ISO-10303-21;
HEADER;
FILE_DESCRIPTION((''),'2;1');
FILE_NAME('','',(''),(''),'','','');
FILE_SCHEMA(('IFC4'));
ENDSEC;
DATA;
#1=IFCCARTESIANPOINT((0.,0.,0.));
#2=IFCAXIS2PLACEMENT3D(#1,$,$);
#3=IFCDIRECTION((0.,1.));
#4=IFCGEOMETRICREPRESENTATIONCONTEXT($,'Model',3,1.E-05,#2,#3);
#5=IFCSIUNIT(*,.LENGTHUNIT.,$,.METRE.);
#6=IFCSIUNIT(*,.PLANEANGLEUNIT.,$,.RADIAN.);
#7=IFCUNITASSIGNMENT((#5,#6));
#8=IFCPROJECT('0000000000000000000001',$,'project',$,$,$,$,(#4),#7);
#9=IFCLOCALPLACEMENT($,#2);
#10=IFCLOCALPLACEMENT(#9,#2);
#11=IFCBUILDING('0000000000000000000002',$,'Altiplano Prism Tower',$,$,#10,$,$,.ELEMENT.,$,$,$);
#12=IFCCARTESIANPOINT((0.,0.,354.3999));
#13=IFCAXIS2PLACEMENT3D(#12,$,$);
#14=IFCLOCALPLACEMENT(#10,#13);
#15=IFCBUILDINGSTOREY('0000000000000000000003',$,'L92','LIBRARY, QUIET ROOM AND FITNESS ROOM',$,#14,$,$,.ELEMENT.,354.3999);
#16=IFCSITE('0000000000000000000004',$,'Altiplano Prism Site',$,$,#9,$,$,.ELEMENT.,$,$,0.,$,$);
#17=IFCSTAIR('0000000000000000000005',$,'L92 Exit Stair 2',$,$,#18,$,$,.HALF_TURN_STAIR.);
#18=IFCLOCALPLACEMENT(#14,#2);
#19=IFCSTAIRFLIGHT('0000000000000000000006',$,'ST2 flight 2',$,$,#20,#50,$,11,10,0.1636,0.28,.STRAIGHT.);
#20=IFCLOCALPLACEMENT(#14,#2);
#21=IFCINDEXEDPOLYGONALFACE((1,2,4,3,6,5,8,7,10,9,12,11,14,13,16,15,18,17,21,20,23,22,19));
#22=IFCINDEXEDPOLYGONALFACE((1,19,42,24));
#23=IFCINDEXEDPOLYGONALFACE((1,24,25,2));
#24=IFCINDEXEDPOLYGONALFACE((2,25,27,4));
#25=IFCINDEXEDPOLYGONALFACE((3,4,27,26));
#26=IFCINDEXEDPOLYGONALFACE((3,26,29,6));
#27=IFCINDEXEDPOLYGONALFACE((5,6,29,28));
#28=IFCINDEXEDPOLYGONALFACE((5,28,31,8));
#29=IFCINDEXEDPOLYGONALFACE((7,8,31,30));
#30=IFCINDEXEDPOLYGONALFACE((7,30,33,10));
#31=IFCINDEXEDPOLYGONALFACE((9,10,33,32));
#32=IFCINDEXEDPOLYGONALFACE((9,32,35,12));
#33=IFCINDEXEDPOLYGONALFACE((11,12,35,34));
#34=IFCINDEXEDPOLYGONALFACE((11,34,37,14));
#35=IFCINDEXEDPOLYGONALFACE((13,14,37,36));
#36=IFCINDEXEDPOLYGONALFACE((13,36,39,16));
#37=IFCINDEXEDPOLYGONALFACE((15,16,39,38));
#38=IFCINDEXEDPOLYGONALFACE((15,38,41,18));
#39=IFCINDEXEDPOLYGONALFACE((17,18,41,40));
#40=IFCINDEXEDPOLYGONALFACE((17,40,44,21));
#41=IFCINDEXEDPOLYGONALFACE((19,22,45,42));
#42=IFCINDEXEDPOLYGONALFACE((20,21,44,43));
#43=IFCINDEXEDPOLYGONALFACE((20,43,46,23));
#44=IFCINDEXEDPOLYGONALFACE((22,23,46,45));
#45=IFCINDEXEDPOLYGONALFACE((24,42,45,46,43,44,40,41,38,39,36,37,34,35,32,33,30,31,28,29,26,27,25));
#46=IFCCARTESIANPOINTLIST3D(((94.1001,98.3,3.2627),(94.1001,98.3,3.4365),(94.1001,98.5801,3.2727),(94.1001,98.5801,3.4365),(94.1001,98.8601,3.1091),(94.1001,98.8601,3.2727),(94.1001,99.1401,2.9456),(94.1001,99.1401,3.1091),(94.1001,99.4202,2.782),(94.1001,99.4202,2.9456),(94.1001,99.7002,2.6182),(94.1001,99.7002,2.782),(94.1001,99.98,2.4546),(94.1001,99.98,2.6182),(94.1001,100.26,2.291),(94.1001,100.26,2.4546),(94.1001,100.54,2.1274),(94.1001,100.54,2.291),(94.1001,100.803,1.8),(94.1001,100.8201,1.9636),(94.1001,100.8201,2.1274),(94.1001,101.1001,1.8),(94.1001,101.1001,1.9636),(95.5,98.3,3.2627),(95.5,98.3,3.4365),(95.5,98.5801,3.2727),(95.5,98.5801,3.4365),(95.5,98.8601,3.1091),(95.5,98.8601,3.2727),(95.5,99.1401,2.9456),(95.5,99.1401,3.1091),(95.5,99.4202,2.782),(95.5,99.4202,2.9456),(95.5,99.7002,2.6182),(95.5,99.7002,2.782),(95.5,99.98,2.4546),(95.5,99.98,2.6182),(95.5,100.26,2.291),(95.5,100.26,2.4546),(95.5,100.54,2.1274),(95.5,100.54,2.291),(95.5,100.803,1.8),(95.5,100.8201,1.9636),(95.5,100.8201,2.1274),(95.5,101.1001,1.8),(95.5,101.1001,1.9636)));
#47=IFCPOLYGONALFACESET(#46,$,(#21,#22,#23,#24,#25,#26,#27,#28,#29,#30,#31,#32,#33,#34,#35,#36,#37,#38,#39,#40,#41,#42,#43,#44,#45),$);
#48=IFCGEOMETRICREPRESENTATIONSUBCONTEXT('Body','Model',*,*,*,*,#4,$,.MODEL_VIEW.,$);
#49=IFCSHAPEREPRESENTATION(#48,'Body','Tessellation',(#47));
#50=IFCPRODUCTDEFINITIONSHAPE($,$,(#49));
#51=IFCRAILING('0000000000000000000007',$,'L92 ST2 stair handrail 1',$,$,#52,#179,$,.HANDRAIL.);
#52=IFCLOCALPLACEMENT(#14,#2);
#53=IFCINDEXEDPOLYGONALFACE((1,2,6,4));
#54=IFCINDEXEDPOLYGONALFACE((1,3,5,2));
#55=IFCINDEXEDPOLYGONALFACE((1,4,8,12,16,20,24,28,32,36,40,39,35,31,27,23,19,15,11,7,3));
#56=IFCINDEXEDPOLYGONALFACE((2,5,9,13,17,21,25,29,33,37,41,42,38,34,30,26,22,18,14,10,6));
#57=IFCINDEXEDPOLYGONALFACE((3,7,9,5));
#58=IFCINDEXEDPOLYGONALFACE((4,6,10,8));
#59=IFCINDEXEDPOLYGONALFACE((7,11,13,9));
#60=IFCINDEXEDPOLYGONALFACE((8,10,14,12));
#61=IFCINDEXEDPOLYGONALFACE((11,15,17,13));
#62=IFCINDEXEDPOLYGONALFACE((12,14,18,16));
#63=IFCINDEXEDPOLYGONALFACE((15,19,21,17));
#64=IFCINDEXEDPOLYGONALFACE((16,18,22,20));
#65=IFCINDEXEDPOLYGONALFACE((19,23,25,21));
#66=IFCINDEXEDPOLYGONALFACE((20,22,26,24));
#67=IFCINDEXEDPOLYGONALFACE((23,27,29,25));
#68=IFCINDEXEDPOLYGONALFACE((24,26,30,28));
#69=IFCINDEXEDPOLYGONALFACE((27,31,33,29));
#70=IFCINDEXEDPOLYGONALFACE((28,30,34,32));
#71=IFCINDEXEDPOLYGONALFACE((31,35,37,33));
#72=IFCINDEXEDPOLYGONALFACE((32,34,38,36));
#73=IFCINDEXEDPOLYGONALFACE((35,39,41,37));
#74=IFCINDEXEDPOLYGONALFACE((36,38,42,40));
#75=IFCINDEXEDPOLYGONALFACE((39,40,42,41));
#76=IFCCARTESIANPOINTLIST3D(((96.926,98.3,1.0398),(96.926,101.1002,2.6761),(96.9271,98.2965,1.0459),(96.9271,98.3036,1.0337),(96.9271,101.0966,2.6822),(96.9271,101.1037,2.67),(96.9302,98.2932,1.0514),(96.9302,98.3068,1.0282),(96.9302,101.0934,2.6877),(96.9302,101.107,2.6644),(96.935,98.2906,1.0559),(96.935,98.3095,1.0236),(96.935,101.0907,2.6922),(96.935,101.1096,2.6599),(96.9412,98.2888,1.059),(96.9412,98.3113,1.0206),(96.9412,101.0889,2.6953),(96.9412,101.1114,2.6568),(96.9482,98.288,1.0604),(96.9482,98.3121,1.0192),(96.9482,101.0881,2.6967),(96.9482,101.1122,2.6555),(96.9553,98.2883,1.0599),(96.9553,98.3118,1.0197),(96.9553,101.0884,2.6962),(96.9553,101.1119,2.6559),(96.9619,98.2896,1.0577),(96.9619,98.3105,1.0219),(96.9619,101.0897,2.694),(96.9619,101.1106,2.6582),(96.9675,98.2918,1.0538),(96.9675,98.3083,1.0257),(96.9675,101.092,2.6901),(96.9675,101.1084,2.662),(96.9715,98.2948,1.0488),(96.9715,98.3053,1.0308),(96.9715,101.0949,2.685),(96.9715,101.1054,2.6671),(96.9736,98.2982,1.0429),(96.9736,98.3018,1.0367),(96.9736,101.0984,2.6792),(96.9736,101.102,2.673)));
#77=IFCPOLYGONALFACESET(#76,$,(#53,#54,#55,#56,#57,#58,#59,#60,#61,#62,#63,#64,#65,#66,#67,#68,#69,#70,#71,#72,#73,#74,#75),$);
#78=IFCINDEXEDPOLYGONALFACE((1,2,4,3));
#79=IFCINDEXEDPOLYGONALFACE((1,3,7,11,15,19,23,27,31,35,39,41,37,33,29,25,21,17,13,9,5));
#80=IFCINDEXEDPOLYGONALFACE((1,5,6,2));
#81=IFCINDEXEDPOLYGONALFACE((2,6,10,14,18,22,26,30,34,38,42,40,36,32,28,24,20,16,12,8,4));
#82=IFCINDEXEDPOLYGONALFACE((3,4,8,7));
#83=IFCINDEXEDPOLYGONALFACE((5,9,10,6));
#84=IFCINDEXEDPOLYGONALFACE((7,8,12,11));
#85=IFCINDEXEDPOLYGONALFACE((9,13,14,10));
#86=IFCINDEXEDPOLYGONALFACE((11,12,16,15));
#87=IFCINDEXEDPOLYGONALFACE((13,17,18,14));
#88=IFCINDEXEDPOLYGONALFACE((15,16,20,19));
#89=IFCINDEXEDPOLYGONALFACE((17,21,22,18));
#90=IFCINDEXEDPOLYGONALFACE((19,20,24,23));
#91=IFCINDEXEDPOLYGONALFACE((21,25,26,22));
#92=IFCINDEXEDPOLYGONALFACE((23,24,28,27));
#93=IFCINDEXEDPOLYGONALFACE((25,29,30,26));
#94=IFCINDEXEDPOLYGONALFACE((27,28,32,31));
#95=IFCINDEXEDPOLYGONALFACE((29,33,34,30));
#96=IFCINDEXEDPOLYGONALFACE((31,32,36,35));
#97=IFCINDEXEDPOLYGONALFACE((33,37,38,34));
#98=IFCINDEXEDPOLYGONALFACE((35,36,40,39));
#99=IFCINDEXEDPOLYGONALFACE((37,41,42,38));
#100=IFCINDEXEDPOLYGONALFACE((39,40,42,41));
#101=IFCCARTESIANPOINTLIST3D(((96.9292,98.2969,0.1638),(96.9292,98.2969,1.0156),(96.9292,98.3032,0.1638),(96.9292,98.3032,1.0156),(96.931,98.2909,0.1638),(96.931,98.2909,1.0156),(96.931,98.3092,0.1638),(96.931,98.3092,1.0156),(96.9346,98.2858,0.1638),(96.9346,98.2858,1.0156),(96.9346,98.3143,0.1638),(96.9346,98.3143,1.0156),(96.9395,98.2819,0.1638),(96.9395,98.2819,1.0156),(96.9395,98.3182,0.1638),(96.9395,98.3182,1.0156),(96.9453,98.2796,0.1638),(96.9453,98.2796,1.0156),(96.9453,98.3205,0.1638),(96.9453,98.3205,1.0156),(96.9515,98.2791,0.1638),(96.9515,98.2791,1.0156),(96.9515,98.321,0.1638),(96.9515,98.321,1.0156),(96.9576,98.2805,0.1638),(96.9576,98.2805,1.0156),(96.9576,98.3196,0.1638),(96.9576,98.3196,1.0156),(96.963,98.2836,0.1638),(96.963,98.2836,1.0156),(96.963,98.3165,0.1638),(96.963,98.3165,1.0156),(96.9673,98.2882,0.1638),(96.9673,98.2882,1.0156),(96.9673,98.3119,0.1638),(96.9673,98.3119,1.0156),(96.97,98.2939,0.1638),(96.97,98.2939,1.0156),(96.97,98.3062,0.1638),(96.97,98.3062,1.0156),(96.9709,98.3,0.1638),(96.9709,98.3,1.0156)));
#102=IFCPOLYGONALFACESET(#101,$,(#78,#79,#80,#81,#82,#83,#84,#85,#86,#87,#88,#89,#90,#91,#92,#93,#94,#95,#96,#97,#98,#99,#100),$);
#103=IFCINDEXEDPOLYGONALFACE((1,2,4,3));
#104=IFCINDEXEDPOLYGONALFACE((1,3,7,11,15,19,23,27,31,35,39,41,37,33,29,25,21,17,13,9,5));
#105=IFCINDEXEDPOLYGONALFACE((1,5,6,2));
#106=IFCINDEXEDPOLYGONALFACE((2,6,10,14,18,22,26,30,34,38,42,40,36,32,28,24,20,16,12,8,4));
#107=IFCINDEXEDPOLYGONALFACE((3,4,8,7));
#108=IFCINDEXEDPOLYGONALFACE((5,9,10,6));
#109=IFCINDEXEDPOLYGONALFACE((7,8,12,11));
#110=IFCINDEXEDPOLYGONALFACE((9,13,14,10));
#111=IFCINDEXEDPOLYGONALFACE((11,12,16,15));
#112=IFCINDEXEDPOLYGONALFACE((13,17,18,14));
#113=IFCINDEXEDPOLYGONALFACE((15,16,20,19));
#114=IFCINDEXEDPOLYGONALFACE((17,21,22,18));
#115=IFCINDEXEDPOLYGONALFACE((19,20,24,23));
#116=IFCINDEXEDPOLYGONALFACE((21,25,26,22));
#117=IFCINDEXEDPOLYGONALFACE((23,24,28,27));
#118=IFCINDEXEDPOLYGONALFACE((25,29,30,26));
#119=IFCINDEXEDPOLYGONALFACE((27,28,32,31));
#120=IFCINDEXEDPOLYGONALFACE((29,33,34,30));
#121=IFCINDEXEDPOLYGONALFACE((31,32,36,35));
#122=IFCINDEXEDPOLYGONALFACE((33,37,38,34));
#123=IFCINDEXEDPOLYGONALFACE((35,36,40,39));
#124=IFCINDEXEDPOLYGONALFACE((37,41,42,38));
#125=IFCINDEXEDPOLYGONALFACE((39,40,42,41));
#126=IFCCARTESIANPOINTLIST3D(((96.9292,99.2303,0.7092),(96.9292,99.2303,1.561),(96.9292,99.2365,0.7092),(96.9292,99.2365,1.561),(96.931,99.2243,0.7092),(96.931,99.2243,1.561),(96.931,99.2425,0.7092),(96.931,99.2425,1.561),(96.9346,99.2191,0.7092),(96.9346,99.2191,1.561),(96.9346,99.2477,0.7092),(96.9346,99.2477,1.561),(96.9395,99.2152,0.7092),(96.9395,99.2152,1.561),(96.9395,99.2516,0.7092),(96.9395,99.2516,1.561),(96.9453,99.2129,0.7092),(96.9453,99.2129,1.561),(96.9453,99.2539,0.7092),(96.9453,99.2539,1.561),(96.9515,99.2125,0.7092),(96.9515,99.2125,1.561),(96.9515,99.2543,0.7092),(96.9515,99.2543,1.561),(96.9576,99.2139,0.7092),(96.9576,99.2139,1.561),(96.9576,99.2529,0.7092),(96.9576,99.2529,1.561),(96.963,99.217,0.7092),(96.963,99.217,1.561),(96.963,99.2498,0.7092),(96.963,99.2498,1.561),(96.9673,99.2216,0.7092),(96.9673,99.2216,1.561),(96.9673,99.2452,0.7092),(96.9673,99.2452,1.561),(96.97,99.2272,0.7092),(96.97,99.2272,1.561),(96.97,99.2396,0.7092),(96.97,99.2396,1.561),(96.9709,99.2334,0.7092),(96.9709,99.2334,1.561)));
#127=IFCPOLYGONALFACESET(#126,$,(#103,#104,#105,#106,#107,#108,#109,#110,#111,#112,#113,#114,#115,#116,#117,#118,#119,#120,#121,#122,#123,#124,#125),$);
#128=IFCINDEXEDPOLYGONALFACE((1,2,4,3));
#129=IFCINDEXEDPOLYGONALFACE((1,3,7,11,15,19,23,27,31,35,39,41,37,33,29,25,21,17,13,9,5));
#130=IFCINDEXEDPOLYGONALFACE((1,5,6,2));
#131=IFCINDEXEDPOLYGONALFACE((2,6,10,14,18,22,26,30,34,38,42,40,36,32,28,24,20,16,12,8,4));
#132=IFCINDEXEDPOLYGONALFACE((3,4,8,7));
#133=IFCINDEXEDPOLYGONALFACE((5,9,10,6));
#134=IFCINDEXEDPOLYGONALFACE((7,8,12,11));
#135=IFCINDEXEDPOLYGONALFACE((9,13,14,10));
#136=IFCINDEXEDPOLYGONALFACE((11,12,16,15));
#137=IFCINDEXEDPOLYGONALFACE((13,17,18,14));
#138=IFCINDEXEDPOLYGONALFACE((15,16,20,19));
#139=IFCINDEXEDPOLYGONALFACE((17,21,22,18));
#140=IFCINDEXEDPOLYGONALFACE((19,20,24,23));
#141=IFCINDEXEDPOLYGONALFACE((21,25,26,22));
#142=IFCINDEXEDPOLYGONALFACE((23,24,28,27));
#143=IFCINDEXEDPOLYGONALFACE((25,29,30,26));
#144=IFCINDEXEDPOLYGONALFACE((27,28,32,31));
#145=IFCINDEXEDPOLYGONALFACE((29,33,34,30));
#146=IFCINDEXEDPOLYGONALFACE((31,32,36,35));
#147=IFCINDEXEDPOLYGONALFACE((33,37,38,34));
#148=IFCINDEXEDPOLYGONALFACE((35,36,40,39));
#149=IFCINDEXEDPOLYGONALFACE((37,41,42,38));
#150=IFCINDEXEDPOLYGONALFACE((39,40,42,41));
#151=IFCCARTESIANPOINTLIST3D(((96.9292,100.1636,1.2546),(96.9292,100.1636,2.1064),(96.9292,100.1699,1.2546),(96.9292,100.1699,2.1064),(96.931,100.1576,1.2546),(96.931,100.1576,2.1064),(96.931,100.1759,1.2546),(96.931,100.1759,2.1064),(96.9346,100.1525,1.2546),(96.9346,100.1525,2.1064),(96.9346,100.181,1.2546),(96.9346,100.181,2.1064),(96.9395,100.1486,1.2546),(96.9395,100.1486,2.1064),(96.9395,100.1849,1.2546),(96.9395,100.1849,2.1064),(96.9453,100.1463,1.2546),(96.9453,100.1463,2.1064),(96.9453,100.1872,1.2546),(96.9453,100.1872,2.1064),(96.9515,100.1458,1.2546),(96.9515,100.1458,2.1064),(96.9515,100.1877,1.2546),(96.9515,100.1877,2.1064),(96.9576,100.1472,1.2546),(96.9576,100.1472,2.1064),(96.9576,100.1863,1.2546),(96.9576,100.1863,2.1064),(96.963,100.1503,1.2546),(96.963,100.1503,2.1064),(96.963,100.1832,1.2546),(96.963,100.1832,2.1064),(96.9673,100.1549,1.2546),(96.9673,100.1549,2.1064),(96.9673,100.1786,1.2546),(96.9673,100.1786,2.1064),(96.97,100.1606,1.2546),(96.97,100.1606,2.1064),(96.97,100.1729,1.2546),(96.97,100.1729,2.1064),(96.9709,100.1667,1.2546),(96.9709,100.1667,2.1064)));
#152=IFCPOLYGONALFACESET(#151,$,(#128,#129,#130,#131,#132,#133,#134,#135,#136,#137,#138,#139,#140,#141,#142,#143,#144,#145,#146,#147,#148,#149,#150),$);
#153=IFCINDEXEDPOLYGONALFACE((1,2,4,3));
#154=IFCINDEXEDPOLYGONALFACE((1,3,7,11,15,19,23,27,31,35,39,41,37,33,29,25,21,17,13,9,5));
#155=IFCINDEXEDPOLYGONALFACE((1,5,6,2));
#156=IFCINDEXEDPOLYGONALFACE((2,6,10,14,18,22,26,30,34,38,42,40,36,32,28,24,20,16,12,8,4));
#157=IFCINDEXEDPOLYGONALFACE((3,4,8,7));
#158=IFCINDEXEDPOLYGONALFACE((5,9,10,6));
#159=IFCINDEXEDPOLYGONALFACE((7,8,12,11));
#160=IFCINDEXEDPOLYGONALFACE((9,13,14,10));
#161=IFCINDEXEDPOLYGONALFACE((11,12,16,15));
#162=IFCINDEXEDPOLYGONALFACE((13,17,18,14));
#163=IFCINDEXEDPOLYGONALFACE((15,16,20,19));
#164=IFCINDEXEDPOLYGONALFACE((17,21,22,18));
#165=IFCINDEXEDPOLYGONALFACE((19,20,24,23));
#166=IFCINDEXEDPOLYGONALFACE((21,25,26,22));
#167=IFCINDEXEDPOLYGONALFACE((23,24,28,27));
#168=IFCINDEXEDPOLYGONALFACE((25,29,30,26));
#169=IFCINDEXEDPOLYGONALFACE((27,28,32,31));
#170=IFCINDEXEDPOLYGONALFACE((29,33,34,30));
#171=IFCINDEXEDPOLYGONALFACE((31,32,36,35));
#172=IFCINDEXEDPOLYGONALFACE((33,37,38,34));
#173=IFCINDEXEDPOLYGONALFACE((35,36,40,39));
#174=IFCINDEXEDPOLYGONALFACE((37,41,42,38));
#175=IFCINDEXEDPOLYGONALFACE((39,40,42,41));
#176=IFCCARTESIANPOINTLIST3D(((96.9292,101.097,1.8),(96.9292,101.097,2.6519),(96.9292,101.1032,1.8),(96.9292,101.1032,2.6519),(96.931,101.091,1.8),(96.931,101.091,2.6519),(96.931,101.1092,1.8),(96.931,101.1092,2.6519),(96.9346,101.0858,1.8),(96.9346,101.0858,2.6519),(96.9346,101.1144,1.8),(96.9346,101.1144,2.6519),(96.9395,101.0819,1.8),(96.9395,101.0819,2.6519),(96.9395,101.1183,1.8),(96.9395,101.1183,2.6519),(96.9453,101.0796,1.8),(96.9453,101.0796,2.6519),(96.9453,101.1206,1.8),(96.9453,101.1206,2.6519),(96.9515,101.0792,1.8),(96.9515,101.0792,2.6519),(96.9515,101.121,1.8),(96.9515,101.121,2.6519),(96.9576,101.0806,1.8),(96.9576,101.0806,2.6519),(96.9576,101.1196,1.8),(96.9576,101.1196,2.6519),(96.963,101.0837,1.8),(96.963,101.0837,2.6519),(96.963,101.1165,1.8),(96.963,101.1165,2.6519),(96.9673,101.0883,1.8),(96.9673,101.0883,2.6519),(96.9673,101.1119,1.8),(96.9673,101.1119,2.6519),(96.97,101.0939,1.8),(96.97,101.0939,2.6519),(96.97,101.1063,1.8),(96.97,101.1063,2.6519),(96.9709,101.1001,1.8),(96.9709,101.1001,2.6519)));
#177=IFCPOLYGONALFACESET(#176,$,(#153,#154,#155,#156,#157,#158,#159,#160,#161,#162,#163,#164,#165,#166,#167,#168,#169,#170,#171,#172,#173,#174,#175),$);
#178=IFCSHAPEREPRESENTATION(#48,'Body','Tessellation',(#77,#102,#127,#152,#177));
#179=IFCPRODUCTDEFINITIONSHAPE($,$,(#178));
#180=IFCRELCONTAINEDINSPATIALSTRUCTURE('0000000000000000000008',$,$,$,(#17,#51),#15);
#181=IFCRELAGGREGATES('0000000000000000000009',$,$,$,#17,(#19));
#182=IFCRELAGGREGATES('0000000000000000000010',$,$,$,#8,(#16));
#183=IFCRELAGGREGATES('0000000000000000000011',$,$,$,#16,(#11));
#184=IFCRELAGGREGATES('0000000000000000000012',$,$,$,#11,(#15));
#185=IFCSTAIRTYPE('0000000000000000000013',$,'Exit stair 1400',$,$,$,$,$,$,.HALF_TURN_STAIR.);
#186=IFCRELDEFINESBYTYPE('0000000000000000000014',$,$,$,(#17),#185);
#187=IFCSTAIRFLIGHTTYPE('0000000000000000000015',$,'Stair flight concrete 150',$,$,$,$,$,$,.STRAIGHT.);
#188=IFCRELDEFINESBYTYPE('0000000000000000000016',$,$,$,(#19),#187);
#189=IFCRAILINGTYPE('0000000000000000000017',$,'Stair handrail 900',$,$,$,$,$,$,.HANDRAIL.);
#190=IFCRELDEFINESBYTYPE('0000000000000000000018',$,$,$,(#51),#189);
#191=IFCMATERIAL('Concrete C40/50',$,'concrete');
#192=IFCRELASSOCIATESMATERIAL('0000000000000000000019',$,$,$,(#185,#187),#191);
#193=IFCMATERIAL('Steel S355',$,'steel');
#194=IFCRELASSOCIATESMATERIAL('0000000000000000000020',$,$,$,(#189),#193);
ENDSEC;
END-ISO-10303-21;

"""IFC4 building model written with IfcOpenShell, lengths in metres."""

from ifc_helpers import new_model, si_unit, direction, frame, origin, origin_2d, place, context, subcontext, project, spatial, polyline, circle, outline, extrude, material, type_object, element, aggregate, save


model = new_model("IFC4")

# Units and contexts
model_context = context("Model", 3, precision=1e-05, world=origin(), true_north=direction((0.0, 1.0)))
body_context = subcontext(model_context, "Body", "Model", "MODEL_VIEW")
ifc_project = project(units=[si_unit("LENGTHUNIT", "METRE"), si_unit("PLANEANGLEUNIT", "RADIAN")], contexts=[model_context])

# Site, building, storey
site_placement = place(None, origin())
site = spatial("IfcSite", under=ifc_project, at=site_placement, Name="Altiplano Prism Site", CompositionType="ELEMENT", RefElevation=0.0)
building_placement = place(site_placement, origin())
building = spatial("IfcBuilding", under=site, at=building_placement, Name="Altiplano Prism Tower", CompositionType="ELEMENT")
storey_placement = place(building_placement, frame((0.0, 0.0, 354.3999)))
storey = spatial("IfcBuildingStorey", under=building, at=storey_placement, Name="L92", Description="LIBRARY, QUIET ROOM AND FITNESS ROOM", CompositionType="ELEMENT", Elevation=354.3999)

# Shared definitions
ifc_material_1 = material(Name="Steel S355", Category="steel")

# Stair, stair flight
ifc_material_2 = material(Name="Concrete C40/50", Category="concrete")
stair_type = type_object("IfcStairType", Name="Exit stair 1400", PredefinedType="HALF_TURN_STAIR", material=ifc_material_2)
stair_placement = place(storey_placement, origin())
stair = element("IfcStair", 1, at=stair_placement, inside=storey, type_object=stair_type, Name="L92 Exit Stair 2", PredefinedType="HALF_TURN_STAIR")
stair_flight_type = type_object("IfcStairFlightType", Name="Stair flight concrete 150", PredefinedType="STRAIGHT", material=ifc_material_2)
stair_flight_1_placement = place(storey_placement, frame((94.8, 101.1001, 1.8), z_axis=(0.0, 0.0, 1.0), x_axis=(0.0, -1.0, 0.0)))
stair_flight_1 = element("IfcStairFlight", 2, at=stair_flight_1_placement, type_object=stair_flight_type, Name="ST2 flight 2", NumberOfRisers=11, NumberOfTreads=10, PredefinedType="STRAIGHT", RiserHeight=0.1636, TreadLength=0.28, context=body_context, shape_type="SweptSolid", body=[
    extrude(outline(polyline([(0.0, 0.0), (0.0, 0.1636), (0.28, 0.1636), (0.28, 0.3274), (0.5601, 0.3274), (0.5601, 0.491), (0.8401, 0.491), (0.8401, 0.6545), (1.1201, 0.6545), (1.1201, 0.8181), (1.3999, 0.8181), (1.3999, 0.9819), (1.6799, 0.9819), (1.6799, 1.1455), (1.96, 1.1455), (1.96, 1.3091), (2.24, 1.3091), (2.24, 1.4727), (2.52, 1.4727), (2.52, 1.6365), (2.8, 1.6365), (2.8, 1.8), (2.8, 1.4626), (0.2971, 0.0), (0.0, 0.0)])), frame((0.0, 0.7, 0.0), z_axis=(0.0, -1.0, 0.0), x_axis=(1.0, 0.0, 0.0)), (0.0, 0.0, 1.0), 1.3999),
])
aggregate(stair, [stair_flight_1])

# Railing
railing_type_1 = type_object("IfcRailingType", Name="Stair handrail 900", PredefinedType="HANDRAIL", material=ifc_material_1)
railing_1_placement = place(storey_placement, frame((96.95, 98.3, 0.1638)))
element("IfcRailing", 3, at=railing_1_placement, inside=storey, type_object=railing_type_1, Name="L92 ST2 stair handrail 1", PredefinedType="HANDRAIL", context=body_context, shape_type="SweptSolid", body=[
    extrude(circle(Radius=0.0239, at=origin_2d()), frame((0.0, 0.0, 0.876), z_axis=(0.0, 0.863394, 0.504531), x_axis=(-1.0, 0.0, 0.0)), (0.0, 0.0, 1.0), 3.2432),
    extrude(circle(Radius=0.021, at=origin_2d()), origin(), (0.0, 0.0, 1.0), 0.8518),
    extrude(circle(Radius=0.021, at=origin_2d()), frame((0.0, 0.9333, 0.5454)), (0.0, 0.0, 1.0), 0.8518),
    extrude(circle(Radius=0.021, at=origin_2d()), frame((0.0, 1.8667, 1.0908)), (0.0, 0.0, 1.0), 0.8518),
    extrude(circle(Radius=0.021, at=origin_2d()), frame((0.0, 2.8, 1.6362)), (0.0, 0.0, 1.0), 0.8518),
])

save(model, "model.ifc")
